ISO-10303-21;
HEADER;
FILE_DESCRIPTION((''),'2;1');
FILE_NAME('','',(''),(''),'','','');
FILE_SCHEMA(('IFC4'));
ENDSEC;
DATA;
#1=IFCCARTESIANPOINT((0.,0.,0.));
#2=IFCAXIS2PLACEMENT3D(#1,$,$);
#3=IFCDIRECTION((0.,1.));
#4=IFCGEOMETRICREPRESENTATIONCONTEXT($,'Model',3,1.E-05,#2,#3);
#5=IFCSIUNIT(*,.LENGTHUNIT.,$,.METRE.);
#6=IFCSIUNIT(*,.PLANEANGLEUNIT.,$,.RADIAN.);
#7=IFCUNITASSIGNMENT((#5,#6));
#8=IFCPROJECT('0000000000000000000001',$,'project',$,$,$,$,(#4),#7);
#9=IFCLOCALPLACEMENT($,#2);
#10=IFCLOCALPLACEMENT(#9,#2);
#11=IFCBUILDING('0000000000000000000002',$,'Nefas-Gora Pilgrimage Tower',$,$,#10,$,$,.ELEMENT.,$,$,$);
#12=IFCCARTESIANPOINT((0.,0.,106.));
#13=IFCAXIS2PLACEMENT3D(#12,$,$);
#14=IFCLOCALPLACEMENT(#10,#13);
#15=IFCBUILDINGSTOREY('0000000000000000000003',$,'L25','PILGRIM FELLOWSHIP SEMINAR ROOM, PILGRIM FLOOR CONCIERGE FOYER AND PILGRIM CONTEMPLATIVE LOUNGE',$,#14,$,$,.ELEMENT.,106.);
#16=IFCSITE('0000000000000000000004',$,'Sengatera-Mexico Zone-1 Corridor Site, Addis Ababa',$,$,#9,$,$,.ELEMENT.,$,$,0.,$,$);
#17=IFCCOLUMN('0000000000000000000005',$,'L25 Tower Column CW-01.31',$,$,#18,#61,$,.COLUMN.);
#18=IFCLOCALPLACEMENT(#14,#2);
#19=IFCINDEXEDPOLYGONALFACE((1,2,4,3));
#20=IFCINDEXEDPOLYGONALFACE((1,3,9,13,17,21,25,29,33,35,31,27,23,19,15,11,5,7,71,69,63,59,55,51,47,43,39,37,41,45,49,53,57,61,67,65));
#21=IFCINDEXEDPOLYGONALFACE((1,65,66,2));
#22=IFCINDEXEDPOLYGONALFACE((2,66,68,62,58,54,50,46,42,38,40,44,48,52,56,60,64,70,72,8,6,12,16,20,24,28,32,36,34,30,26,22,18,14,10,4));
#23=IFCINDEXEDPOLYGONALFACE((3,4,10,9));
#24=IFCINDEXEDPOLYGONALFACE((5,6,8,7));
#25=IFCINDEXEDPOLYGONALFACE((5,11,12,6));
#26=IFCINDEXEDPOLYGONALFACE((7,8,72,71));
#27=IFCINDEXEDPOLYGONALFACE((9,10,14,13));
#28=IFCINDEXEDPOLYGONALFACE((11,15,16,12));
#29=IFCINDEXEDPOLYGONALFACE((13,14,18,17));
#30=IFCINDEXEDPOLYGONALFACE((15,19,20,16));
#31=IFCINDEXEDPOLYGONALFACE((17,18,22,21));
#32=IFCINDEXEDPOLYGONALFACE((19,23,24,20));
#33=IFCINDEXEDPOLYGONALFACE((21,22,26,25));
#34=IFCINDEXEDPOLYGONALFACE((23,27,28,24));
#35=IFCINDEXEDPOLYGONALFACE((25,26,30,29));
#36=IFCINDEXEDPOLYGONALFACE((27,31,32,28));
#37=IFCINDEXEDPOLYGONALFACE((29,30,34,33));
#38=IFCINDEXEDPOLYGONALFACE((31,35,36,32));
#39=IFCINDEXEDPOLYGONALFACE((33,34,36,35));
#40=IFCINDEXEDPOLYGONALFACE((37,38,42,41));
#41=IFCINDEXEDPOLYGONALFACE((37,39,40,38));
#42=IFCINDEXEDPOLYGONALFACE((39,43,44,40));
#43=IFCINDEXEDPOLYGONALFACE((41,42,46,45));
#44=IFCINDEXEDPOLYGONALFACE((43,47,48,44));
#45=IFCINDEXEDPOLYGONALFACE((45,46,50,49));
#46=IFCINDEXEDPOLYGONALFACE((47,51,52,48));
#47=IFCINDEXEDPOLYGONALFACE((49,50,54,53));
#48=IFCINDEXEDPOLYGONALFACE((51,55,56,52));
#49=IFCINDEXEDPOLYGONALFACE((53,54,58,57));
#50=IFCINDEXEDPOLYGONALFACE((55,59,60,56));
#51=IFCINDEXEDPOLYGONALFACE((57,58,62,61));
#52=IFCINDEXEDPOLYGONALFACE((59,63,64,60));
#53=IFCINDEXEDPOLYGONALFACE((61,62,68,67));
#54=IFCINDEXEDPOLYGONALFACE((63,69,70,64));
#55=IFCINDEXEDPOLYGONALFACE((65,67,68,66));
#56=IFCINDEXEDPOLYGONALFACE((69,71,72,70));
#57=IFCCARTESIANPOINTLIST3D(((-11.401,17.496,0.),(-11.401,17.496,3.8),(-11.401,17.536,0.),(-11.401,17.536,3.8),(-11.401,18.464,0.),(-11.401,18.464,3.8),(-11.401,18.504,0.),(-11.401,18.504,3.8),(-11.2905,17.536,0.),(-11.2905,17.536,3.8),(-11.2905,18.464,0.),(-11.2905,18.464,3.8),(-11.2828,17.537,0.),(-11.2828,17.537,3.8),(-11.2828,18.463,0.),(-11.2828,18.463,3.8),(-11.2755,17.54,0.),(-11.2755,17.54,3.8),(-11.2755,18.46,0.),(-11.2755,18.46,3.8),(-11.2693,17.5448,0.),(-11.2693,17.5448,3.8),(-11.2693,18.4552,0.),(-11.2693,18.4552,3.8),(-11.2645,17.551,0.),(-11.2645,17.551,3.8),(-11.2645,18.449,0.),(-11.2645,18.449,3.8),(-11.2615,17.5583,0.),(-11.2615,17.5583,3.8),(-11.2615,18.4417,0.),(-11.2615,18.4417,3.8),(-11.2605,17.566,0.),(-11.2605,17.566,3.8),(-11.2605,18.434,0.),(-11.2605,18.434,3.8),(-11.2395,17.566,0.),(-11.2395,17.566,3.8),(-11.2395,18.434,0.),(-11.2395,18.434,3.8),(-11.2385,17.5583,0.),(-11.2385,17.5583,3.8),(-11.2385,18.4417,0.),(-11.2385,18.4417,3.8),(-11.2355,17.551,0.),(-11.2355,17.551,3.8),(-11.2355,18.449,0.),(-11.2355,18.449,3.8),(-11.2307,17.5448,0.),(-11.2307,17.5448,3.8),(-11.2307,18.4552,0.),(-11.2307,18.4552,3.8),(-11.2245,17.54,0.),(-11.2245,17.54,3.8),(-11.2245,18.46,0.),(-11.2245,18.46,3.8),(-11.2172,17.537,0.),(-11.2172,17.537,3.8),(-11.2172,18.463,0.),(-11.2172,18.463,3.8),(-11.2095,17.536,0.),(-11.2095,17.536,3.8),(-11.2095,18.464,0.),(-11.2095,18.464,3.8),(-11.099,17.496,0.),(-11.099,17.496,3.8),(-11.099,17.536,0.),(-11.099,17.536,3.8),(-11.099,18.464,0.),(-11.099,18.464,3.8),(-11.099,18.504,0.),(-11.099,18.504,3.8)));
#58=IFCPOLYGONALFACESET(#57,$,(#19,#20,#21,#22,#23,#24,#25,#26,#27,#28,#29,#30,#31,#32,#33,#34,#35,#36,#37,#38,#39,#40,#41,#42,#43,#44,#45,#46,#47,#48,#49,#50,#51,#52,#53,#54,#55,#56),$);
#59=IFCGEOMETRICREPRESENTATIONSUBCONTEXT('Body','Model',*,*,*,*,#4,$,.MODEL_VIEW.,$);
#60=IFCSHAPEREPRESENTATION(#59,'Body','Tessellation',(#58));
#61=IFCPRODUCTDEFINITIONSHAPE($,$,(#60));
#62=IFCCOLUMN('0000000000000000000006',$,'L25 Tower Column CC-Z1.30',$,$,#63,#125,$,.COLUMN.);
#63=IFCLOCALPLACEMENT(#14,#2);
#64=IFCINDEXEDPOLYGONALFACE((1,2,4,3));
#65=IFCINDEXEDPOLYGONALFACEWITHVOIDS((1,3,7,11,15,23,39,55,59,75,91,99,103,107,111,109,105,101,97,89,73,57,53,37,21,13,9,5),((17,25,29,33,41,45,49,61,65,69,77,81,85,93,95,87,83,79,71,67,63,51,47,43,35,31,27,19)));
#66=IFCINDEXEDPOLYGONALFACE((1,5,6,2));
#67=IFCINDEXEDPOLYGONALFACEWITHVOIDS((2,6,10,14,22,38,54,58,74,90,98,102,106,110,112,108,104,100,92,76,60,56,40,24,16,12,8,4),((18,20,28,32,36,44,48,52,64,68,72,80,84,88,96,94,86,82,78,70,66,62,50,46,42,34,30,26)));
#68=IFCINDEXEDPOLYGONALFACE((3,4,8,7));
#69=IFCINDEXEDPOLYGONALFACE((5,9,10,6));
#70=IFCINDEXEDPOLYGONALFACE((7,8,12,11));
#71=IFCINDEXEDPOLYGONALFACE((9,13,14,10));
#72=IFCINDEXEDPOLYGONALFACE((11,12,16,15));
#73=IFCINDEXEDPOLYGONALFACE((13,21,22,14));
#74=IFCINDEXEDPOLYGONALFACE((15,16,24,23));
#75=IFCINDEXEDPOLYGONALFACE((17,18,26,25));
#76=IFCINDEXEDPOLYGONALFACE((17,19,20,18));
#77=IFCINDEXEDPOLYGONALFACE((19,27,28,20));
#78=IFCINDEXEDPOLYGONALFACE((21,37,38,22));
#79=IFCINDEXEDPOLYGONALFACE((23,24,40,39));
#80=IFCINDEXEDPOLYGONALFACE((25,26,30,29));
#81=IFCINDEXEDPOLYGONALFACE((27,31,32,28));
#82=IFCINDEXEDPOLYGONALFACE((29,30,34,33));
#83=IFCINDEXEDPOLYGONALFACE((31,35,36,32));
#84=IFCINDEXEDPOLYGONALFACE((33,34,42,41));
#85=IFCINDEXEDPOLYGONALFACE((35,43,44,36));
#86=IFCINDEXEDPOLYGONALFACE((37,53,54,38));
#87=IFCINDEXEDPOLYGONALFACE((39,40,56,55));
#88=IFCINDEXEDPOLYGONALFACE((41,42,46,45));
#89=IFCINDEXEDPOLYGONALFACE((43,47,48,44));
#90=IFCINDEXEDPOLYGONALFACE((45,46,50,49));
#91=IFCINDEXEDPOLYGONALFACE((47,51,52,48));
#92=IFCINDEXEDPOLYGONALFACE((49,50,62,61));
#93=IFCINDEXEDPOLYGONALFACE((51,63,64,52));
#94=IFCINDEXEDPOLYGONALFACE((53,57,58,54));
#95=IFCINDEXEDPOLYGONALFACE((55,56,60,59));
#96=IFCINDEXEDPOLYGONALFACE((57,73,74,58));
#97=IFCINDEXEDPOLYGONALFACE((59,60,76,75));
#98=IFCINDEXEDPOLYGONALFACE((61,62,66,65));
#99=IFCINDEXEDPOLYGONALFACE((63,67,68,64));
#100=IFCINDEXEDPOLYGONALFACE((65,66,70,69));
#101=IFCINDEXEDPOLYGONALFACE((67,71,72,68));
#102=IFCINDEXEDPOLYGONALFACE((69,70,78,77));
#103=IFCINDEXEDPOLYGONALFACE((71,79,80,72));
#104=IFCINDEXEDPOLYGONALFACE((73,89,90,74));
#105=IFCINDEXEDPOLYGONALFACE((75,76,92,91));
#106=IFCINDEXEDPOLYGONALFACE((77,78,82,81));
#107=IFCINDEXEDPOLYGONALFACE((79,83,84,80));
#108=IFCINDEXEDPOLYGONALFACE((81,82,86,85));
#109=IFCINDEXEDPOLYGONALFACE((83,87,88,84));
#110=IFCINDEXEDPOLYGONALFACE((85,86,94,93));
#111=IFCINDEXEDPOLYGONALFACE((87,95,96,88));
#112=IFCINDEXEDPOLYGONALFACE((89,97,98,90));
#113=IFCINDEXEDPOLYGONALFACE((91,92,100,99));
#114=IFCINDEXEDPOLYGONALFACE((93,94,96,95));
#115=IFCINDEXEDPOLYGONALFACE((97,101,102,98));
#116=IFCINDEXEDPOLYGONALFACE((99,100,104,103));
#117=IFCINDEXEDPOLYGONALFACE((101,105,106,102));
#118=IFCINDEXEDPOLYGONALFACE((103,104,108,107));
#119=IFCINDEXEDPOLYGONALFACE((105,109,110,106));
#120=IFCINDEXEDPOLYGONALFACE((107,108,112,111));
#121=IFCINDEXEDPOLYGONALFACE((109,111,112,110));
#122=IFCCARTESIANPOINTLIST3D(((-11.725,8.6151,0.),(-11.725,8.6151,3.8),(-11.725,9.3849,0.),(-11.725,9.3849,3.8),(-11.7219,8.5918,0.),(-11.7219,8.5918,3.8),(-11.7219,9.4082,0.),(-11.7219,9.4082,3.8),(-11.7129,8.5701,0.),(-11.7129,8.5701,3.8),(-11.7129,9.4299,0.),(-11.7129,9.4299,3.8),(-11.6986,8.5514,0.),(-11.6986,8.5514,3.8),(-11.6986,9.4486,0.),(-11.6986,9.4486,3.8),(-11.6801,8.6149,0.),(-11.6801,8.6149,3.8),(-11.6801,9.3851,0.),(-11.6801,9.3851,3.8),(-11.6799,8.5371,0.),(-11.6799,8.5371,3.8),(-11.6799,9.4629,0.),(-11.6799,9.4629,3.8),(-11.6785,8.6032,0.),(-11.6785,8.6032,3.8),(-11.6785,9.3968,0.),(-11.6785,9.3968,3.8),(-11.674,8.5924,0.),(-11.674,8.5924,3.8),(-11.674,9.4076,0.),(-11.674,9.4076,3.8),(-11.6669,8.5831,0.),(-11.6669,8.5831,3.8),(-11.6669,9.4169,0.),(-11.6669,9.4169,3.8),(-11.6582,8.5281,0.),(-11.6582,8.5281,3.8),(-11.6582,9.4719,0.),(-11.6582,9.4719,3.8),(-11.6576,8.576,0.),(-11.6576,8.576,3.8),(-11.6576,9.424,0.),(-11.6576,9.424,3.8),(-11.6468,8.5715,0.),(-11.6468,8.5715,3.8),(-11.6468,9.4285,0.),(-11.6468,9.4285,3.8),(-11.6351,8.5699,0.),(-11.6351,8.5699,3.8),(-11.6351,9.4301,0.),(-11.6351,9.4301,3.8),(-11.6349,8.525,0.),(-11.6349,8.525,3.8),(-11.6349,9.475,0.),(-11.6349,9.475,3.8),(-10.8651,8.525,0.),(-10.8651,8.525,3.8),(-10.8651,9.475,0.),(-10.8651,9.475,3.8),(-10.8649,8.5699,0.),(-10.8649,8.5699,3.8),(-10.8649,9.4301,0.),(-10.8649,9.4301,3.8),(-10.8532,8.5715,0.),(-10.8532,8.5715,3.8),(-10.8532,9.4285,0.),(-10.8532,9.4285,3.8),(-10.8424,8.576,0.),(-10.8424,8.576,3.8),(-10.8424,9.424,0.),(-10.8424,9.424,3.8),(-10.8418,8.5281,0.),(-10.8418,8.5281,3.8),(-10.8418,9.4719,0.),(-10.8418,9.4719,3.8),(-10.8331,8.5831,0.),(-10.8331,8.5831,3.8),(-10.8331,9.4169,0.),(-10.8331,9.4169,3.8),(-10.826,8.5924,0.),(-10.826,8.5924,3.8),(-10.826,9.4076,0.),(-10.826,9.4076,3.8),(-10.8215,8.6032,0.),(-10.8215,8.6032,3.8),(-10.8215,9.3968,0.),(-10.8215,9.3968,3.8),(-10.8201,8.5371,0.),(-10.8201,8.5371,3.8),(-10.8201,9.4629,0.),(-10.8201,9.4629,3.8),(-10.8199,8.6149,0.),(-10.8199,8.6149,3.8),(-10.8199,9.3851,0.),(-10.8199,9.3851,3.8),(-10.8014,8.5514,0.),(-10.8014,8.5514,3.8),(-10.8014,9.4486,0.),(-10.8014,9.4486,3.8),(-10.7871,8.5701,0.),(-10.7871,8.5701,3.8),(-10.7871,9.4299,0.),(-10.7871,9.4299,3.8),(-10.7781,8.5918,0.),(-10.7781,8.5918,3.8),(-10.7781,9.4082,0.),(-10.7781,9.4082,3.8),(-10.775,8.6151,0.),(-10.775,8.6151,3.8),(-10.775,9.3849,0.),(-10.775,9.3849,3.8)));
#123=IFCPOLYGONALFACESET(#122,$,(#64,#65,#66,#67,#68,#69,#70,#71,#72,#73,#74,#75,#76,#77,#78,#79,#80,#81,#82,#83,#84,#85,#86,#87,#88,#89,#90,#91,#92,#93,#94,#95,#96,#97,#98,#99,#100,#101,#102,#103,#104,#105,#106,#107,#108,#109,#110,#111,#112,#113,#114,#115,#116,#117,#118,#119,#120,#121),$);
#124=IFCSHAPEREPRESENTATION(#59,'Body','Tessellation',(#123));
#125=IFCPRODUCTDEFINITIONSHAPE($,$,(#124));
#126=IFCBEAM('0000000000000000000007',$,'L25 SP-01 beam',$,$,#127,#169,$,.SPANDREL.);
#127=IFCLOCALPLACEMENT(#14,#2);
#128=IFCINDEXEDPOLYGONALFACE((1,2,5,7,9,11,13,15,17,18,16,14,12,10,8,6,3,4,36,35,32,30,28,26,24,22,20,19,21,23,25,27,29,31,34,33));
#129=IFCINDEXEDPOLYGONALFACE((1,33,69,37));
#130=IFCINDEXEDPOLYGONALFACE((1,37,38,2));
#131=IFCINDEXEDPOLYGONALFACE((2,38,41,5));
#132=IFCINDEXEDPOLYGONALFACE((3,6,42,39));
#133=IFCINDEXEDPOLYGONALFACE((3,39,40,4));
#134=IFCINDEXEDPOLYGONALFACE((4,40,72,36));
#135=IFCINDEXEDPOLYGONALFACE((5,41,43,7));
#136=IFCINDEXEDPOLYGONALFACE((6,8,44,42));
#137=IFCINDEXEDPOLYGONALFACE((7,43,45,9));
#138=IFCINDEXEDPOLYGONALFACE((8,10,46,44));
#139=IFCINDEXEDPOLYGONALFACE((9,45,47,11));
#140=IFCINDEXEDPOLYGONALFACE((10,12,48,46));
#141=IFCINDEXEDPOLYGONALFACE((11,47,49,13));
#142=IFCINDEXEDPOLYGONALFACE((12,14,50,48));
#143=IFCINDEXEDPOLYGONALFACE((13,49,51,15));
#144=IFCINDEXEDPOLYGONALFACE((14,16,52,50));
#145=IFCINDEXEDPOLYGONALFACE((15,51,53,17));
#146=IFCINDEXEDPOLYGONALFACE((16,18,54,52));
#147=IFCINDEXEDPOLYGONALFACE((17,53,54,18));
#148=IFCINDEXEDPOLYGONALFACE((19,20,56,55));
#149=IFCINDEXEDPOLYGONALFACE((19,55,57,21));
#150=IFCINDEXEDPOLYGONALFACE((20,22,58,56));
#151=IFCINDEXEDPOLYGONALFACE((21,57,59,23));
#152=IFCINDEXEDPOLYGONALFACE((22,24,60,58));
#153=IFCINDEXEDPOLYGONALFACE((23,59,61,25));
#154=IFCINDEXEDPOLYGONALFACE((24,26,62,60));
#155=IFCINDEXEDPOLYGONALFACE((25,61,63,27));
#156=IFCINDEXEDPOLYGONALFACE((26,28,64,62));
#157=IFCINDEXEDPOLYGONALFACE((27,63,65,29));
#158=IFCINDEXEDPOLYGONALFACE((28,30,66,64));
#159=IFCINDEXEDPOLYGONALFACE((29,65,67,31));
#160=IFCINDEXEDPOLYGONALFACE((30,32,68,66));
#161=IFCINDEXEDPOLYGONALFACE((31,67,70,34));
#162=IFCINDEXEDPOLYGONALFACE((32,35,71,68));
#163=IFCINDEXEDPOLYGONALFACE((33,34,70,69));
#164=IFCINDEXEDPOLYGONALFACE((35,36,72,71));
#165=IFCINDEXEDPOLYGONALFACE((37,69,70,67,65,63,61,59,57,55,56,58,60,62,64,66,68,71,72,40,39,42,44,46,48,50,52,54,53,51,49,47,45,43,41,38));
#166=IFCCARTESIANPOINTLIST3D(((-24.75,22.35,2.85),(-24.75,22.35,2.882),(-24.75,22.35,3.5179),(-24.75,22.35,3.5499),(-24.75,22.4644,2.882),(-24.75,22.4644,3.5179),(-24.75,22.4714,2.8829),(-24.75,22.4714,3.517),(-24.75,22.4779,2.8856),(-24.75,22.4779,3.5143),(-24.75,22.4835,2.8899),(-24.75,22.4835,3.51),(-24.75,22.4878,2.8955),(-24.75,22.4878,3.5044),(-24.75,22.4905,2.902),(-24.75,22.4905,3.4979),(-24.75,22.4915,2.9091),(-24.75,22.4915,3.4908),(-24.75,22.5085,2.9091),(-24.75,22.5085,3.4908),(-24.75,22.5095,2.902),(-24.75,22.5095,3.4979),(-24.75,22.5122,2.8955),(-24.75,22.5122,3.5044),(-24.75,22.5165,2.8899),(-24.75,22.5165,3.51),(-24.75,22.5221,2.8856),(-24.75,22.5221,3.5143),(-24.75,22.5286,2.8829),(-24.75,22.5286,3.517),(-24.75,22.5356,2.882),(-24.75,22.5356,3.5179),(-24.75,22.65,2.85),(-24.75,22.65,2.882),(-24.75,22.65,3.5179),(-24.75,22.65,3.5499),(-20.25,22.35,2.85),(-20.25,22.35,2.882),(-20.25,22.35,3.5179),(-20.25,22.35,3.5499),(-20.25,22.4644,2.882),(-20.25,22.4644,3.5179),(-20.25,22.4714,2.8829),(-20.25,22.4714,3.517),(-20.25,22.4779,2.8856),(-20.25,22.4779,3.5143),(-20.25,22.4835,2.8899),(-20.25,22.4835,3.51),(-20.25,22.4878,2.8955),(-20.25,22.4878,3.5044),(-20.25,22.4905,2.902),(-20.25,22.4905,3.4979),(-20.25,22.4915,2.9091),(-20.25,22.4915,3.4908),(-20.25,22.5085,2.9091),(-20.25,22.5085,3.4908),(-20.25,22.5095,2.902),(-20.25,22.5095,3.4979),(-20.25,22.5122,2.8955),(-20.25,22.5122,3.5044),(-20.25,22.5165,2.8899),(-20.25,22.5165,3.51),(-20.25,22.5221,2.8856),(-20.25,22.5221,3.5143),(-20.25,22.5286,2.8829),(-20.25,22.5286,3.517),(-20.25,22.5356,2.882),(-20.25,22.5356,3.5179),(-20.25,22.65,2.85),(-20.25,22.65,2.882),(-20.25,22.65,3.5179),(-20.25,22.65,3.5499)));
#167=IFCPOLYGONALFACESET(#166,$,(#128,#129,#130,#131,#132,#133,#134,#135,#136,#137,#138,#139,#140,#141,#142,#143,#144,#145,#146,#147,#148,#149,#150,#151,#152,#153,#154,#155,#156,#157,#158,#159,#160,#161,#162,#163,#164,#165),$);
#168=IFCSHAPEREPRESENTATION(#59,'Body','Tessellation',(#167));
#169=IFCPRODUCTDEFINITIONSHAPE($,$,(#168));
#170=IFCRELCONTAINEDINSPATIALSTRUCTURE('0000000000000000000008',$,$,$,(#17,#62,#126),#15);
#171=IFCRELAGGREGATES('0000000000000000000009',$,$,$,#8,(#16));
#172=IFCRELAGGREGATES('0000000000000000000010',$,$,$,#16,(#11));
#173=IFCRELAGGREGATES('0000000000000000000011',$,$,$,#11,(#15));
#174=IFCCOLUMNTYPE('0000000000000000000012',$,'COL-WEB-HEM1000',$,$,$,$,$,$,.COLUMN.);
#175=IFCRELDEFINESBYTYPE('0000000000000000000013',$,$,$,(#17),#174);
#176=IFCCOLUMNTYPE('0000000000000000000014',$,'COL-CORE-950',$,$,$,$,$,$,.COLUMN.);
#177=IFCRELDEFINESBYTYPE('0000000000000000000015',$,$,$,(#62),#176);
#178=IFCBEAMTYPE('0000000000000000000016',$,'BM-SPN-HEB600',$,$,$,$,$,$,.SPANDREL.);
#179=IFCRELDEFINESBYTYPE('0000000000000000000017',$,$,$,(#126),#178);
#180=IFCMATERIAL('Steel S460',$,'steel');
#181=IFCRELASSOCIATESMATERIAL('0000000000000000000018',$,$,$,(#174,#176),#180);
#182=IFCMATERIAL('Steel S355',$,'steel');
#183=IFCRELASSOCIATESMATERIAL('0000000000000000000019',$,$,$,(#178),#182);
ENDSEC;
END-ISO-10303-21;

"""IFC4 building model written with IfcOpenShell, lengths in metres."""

from ifc_helpers import new_model, si_unit, direction, frame, origin, origin_2d, place, context, subcontext, project, spatial, hollow_rectangle, i_section, extrude, source, transform, mapped, material, material_profile, profile_set, type_object, element, save


model = new_model("IFC4")

# Units and contexts
model_context = context("Model", 3, precision=1e-05, world=origin(), true_north=direction((0.0, 1.0)))
body_context = subcontext(model_context, "Body", "Model", "MODEL_VIEW")
ifc_project = project(units=[si_unit("LENGTHUNIT", "METRE"), si_unit("PLANEANGLEUNIT", "RADIAN")], contexts=[model_context])

# Site, building, storey
site_placement = place(None, origin())
site = spatial("IfcSite", under=ifc_project, at=site_placement, Name="Sengatera-Mexico Zone-1 Corridor Site, Addis Ababa", CompositionType="ELEMENT", RefElevation=0.0)
building_placement = place(site_placement, origin())
building = spatial("IfcBuilding", under=site, at=building_placement, Name="Nefas-Gora Pilgrimage Tower", CompositionType="ELEMENT")
storey_placement = place(building_placement, frame((0.0, 0.0, 106.0)))
storey = spatial("IfcBuildingStorey", under=building, at=storey_placement, Name="L25", Description="PILGRIM FELLOWSHIP SEMINAR ROOM, PILGRIM FLOOR CONCIERGE FOYER AND PILGRIM CONTEMPLATIVE LOUNGE", CompositionType="ELEMENT", Elevation=106.0)

# Columns
ifc_material_1 = material(Name="Steel S460", Category="steel")
ifc_material_profile_1 = material_profile(ifc_material_1, i_section(OverallWidth=0.302, OverallDepth=1.0081, WebThickness=0.021, FlangeThickness=0.04, FilletRadius=0.03, at=origin_2d()), Name="HEM 1000")
ifc_profile_set_1 = profile_set([ifc_material_profile_1], Name="Steel S460")
column_type_1 = type_object("IfcColumnType", Name="COL-WEB-HEM1000", PredefinedType="COLUMN", material=ifc_profile_set_1)
shared_shape_1 = source(origin(), body_context, "Body", "SweptSolid", [
    extrude(i_section(OverallWidth=0.302, OverallDepth=1.0081, WebThickness=0.021, FlangeThickness=0.04, FilletRadius=0.03, at=origin_2d()), origin(), (0.0, 0.0, 1.0), 3.8),
])
for number, where, z_axis, x_axis, name in (
    (1, (-11.25, 18.0, 0.0), (0.0, 0.0, 1.0), (1.0, 0.0, 0.0), "L25 Tower Column CW-01.31"),
):
    element("IfcColumn", number, at=place(storey_placement, frame(where, z_axis=z_axis, x_axis=x_axis)), inside=storey, type_object=column_type_1, Name=name, PredefinedType="COLUMN", context=body_context, shape_type="MappedRepresentation", body=[
        mapped(shared_shape_1, transform((0.0, 0.0, 0.0), x_axis=(1.0, 0.0, 0.0), y_axis=(0.0, 1.0, 0.0), z_axis=(0.0, 0.0, 1.0), scale=1.0)),
    ])
ifc_material_profile_2 = material_profile(ifc_material_1, hollow_rectangle(XDim=0.95, YDim=0.95, WallThickness=0.0449, InnerFilletRadius=0.0449, OuterFilletRadius=0.0901, at=origin_2d()), Name="BOX 950x950x45")
ifc_profile_set_2 = profile_set([ifc_material_profile_2], Name="Steel S460")
column_type_2 = type_object("IfcColumnType", Name="COL-CORE-950", PredefinedType="COLUMN", material=ifc_profile_set_2)
shared_shape_2 = source(origin(), body_context, "Body", "SweptSolid", [
    extrude(hollow_rectangle(XDim=0.95, YDim=0.95, WallThickness=0.0449, InnerFilletRadius=0.0449, OuterFilletRadius=0.0901, at=origin_2d()), origin(), (0.0, 0.0, 1.0), 3.8),
])
column_placement = place(storey_placement, frame((-11.25, 9.0, 0.0), z_axis=(0.0, 0.0, 1.0), x_axis=(1.0, 0.0, 0.0)))
element("IfcColumn", 2, at=column_placement, inside=storey, type_object=column_type_2, Name="L25 Tower Column CC-Z1.30", PredefinedType="COLUMN", context=body_context, shape_type="MappedRepresentation", body=[
    mapped(shared_shape_2, transform((0.0, 0.0, 0.0), x_axis=(1.0, 0.0, 0.0), y_axis=(0.0, 1.0, 0.0), z_axis=(0.0, 0.0, 1.0), scale=1.0)),
])

# Beam
ifc_material_2 = material(Name="Steel S355", Category="steel")
ifc_material_profile_3 = material_profile(ifc_material_2, i_section(OverallWidth=0.3, OverallDepth=0.7, WebThickness=0.0171, FlangeThickness=0.032, FilletRadius=0.0271, at=origin_2d()), Name="HEB 700")
ifc_profile_set_3 = profile_set([ifc_material_profile_3], Name="Steel S355")
beam_type_1 = type_object("IfcBeamType", Name="BM-SPN-HEB600", PredefinedType="SPANDREL", material=ifc_profile_set_3)
shared_shape_3 = source(origin(), body_context, "Body", "SweptSolid", [
    extrude(i_section(OverallWidth=0.3, OverallDepth=0.7, WebThickness=0.0171, FlangeThickness=0.032, FilletRadius=0.0271, at=origin_2d()), origin(), (0.0, 0.0, 1.0), 4.5),
])
beam_1_placement = place(storey_placement, frame((-24.75, 22.5, 3.2), z_axis=(1.0, 0.0, 0.0), x_axis=(0.0, 1.0, 0.0)))
element("IfcBeam", 3, at=beam_1_placement, inside=storey, type_object=beam_type_1, Name="L25 SP-01 beam", PredefinedType="SPANDREL", context=body_context, shape_type="MappedRepresentation", body=[
    mapped(shared_shape_3, transform((0.0, 0.0, 0.0), x_axis=(1.0, 0.0, 0.0), y_axis=(0.0, 1.0, 0.0), z_axis=(0.0, 0.0, 1.0), scale=1.0)),
])

save(model, "model.ifc")
